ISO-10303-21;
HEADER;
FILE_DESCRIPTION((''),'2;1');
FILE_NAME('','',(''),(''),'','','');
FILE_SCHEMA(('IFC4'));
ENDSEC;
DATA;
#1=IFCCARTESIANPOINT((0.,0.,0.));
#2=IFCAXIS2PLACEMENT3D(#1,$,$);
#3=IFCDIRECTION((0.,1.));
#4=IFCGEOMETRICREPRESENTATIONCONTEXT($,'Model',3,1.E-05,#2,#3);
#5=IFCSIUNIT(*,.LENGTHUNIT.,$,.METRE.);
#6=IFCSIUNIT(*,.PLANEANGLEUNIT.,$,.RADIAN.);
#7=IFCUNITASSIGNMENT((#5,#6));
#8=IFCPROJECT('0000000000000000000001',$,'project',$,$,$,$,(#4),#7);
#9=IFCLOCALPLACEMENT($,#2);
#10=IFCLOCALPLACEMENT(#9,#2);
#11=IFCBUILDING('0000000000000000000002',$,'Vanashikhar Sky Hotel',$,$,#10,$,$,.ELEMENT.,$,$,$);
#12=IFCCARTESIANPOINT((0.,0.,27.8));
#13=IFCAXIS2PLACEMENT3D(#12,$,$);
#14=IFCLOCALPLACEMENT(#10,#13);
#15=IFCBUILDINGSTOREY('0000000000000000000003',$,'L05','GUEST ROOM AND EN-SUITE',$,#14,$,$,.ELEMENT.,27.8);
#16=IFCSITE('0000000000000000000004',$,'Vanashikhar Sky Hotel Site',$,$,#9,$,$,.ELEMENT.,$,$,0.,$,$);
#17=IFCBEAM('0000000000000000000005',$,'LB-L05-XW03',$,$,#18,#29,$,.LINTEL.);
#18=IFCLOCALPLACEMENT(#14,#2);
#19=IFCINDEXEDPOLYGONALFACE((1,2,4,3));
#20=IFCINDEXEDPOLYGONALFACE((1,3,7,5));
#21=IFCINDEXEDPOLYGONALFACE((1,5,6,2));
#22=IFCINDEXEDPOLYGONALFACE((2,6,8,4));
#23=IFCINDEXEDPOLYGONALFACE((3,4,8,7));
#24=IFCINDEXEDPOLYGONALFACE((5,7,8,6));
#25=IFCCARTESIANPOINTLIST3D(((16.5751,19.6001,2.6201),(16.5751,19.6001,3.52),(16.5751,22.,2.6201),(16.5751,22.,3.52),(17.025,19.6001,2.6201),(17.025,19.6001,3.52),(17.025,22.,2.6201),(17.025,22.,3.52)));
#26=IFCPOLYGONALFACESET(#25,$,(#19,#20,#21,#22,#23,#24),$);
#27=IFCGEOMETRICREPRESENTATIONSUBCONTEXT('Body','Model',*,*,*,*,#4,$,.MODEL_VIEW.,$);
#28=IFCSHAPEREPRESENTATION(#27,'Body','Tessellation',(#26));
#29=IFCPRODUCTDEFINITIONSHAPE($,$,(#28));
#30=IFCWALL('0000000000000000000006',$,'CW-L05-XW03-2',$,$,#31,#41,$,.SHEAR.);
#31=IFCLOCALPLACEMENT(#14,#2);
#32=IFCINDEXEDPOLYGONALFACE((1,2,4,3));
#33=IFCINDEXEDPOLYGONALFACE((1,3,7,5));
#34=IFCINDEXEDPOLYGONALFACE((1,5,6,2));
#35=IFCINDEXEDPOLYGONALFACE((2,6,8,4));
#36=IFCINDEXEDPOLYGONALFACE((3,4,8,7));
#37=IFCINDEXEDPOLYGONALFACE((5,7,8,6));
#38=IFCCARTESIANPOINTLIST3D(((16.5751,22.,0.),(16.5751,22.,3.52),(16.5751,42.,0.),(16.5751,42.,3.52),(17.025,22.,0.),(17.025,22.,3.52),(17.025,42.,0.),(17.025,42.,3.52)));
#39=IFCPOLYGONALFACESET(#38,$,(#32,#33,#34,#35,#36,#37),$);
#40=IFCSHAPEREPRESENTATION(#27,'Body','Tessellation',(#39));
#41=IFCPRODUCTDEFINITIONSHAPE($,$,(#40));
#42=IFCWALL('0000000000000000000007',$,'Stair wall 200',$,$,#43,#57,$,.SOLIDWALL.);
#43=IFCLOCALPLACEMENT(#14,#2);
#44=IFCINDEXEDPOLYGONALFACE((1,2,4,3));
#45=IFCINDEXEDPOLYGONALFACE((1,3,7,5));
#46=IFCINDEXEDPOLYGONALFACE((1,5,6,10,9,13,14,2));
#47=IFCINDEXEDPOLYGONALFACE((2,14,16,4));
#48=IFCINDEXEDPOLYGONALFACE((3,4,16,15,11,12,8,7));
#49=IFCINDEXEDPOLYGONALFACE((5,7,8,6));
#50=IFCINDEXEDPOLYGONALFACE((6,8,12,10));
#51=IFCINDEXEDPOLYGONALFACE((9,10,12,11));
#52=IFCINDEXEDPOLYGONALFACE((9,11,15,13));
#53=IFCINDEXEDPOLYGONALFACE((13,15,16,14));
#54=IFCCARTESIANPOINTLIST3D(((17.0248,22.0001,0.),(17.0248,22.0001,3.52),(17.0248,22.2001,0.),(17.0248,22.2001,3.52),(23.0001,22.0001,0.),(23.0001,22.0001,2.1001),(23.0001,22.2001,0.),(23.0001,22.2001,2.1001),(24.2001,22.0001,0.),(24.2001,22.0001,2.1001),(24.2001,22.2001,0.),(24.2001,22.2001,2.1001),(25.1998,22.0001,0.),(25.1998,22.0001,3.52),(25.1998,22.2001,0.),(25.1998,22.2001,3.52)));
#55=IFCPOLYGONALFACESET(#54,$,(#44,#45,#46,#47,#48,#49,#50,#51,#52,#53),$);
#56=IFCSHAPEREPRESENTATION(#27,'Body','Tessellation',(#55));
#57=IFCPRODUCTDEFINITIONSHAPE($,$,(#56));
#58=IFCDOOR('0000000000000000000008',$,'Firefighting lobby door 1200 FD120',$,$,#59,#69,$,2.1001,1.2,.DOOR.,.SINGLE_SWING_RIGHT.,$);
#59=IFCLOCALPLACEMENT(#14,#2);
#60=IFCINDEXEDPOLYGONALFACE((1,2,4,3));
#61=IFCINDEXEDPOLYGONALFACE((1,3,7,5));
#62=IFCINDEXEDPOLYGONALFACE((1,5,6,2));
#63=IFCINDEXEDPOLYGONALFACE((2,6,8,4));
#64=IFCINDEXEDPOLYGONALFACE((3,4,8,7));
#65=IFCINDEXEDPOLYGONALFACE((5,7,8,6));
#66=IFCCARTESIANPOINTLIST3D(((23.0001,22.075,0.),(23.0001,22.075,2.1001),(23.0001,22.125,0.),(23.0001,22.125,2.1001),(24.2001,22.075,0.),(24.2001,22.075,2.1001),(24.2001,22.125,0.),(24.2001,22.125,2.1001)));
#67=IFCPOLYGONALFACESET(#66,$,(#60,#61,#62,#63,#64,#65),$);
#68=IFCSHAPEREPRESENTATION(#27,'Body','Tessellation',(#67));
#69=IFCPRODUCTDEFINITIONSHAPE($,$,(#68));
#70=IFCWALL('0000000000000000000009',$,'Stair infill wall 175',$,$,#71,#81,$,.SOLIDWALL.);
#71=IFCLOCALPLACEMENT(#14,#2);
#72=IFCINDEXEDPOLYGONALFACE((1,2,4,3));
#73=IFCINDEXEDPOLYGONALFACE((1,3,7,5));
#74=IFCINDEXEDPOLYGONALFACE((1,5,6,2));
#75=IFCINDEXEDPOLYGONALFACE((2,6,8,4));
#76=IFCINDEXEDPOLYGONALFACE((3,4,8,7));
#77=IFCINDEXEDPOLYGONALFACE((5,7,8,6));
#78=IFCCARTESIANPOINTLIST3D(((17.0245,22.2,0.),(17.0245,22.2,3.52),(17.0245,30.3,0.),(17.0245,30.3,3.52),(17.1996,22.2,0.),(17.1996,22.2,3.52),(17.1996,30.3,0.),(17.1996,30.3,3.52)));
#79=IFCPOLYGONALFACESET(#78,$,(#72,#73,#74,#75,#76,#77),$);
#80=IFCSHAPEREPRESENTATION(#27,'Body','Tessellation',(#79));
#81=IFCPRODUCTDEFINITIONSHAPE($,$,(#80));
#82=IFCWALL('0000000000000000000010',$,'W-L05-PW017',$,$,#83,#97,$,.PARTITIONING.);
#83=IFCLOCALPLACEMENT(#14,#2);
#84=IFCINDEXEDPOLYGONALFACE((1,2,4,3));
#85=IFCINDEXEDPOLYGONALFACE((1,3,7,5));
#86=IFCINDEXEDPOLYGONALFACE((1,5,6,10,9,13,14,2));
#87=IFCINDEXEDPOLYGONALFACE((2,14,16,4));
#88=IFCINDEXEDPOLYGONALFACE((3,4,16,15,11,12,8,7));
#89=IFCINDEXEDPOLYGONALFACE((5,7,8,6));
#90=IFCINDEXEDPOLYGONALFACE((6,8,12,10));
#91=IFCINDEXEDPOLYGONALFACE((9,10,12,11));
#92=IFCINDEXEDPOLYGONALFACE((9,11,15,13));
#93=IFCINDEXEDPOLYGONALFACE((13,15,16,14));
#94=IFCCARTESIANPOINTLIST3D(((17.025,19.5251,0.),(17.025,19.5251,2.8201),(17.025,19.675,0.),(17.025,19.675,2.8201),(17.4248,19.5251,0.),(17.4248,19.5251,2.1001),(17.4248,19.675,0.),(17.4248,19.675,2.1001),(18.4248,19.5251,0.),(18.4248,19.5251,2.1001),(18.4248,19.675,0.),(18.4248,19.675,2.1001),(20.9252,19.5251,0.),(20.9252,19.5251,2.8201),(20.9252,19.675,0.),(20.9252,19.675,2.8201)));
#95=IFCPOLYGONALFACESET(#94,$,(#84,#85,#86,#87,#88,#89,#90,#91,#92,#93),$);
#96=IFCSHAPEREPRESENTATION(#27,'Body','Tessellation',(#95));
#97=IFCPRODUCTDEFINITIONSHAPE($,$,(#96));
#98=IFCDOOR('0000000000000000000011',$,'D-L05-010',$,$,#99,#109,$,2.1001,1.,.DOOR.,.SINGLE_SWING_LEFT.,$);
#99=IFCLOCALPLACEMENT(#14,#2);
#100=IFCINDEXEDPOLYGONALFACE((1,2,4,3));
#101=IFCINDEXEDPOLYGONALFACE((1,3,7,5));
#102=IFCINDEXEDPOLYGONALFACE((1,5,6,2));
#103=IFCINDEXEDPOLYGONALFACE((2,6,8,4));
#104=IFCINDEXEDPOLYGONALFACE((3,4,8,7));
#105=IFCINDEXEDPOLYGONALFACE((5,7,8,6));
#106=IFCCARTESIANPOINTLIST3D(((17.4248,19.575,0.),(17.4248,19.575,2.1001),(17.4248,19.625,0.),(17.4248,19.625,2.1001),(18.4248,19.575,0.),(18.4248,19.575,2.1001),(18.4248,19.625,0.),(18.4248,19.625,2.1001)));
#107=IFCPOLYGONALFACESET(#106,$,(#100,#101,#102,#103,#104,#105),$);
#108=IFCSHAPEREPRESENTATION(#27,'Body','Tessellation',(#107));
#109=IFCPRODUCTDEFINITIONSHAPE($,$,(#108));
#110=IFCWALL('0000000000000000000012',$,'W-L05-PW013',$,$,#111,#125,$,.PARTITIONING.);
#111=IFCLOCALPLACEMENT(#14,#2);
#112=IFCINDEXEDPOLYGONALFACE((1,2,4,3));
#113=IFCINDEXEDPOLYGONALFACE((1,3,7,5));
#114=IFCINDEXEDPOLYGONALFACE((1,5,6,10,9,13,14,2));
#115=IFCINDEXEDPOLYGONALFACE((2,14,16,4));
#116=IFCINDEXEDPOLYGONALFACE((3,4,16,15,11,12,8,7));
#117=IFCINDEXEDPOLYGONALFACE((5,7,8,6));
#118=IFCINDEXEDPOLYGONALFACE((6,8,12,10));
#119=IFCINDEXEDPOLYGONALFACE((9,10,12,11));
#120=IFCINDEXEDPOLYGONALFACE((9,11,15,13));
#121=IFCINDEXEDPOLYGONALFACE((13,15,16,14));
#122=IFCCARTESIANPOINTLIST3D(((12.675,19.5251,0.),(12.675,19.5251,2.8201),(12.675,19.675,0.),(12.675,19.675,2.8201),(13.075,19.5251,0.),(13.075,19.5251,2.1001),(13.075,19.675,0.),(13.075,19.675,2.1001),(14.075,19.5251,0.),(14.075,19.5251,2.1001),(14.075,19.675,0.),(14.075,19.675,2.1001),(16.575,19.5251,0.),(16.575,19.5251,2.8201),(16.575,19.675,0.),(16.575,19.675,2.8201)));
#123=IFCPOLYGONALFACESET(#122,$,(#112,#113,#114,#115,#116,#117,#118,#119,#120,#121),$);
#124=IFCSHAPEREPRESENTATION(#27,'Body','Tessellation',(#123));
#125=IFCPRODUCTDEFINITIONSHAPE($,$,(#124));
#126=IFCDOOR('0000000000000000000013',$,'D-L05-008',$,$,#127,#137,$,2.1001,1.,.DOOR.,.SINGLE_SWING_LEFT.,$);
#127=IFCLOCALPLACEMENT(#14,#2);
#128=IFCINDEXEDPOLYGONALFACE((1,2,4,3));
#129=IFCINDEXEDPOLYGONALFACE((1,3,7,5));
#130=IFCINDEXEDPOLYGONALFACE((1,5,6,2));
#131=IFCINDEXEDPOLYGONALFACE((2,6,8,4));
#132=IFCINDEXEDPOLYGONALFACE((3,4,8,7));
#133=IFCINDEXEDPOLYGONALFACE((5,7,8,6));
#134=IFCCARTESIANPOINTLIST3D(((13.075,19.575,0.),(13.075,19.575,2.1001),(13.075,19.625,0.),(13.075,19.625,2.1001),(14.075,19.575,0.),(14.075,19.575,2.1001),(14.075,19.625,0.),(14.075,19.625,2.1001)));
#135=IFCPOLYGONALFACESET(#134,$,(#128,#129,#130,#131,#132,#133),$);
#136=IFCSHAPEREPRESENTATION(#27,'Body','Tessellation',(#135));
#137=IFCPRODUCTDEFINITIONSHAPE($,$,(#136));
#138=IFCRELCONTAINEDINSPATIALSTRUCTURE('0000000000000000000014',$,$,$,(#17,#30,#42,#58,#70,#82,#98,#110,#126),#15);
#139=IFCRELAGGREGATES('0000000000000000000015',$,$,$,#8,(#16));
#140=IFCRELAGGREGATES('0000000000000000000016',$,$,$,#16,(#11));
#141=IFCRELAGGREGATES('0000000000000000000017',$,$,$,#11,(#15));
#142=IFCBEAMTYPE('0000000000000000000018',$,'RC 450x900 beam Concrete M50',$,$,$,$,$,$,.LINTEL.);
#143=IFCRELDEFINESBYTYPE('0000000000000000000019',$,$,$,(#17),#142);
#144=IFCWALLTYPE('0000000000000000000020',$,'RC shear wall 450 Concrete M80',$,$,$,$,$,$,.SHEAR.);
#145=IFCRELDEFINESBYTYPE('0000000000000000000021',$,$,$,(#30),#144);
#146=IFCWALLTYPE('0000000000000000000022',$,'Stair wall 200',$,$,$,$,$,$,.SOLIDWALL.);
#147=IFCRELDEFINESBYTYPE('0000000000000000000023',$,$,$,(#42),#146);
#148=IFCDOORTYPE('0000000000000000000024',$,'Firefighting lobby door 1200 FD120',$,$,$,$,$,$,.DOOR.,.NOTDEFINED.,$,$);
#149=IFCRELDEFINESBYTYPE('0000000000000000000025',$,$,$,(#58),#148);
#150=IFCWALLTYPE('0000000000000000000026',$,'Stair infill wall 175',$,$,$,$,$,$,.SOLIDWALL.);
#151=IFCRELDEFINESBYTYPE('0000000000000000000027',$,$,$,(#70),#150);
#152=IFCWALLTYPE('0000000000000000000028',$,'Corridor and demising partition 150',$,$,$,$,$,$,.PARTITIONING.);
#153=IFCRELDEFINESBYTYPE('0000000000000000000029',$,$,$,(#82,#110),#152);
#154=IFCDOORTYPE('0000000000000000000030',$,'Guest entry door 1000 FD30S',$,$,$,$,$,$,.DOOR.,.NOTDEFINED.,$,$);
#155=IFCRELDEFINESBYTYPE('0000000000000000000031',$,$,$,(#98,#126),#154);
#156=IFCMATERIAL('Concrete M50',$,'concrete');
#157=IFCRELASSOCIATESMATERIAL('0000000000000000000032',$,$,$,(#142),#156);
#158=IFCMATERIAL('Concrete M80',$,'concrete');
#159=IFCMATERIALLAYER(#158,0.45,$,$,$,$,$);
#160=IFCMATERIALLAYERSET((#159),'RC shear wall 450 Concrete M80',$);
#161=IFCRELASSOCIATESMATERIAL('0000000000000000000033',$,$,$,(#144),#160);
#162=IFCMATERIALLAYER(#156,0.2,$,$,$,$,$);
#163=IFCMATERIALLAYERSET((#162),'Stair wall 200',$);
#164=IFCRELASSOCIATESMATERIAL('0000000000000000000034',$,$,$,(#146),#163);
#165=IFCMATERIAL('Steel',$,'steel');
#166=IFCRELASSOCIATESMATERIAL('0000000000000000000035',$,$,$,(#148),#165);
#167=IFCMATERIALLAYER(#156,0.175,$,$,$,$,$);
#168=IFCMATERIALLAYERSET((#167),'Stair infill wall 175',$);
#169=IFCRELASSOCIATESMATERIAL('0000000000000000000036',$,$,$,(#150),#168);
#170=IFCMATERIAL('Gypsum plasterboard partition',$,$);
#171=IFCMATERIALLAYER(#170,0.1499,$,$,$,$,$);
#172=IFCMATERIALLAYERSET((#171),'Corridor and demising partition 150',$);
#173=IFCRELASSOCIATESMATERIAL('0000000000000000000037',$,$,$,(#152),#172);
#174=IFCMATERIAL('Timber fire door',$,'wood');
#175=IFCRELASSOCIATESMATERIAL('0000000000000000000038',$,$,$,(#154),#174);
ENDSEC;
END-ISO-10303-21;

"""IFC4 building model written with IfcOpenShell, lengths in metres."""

from ifc_helpers import new_model, si_unit, direction, frame, frame_2d, origin, origin_2d, place, context, subcontext, project, spatial, rectangle, extrude, source, transform, mapped, material, layer, layer_set, material_profile, profile_set, type_object, element, fill, save


model = new_model("IFC4")

# Units and contexts
model_context = context("Model", 3, precision=1e-05, world=origin(), true_north=direction((0.0, 1.0)))
body_context = subcontext(model_context, "Body", "Model", "MODEL_VIEW")
ifc_project = project(units=[si_unit("LENGTHUNIT", "METRE"), si_unit("PLANEANGLEUNIT", "RADIAN")], contexts=[model_context])

# Site, building, storey
site_placement = place(None, origin())
site = spatial("IfcSite", under=ifc_project, at=site_placement, Name="Vanashikhar Sky Hotel Site", CompositionType="ELEMENT", RefElevation=0.0)
building_placement = place(site_placement, origin())
building = spatial("IfcBuilding", under=site, at=building_placement, Name="Vanashikhar Sky Hotel", CompositionType="ELEMENT")
storey_placement = place(building_placement, frame((0.0, 0.0, 27.8)))
storey = spatial("IfcBuildingStorey", under=building, at=storey_placement, Name="L05", Description="GUEST ROOM AND EN-SUITE", CompositionType="ELEMENT", Elevation=27.8)

# Beam
ifc_material_1 = material(Name="Concrete M50", Category="concrete")
ifc_material_profile = material_profile(ifc_material_1, rectangle(XDim=0.45, YDim=0.8999, at=origin_2d()))
ifc_profile_set = profile_set([ifc_material_profile], Name="RC 450x900 beam Concrete M50")
beam_type = type_object("IfcBeamType", Name="RC 450x900 beam Concrete M50", PredefinedType="LINTEL", material=ifc_profile_set)
shared_shape_1 = source(origin(), body_context, "Body", "SweptSolid", [
    extrude(rectangle(XDim=0.45, YDim=0.8999, at=origin_2d()), origin(), (0.0, 0.0, 1.0), 2.3999),
])
beam_placement = place(storey_placement, frame((16.8, 19.6001, 3.0701), z_axis=(0.0, 1.0, 0.0), x_axis=(-1.0, 0.0, 0.0)))
element("IfcBeam", 1, at=beam_placement, inside=storey, type_object=beam_type, Name="LB-L05-XW03", PredefinedType="LINTEL", context=body_context, shape_type="MappedRepresentation", body=[
    mapped(shared_shape_1, transform((0.0, 0.0, 0.0), scale=1.0)),
])

# Wall
ifc_material_2 = material(Name="Concrete M80", Category="concrete")
ifc_layer_1 = layer(ifc_material_2, 0.45)
ifc_layer_set_1 = layer_set([ifc_layer_1], Name="RC shear wall 450 Concrete M80")
wall_type_1 = type_object("IfcWallType", Name="RC shear wall 450 Concrete M80", PredefinedType="SHEAR", material=ifc_layer_set_1)
shared_shape_2 = source(origin(), body_context, "Body", "SweptSolid", [
    extrude(rectangle(XDim=20.0, YDim=0.45, at=frame_2d((10.0, 0.0))), origin(), (0.0, 0.0, 1.0), 3.52),
])
wall_1_placement = place(storey_placement, frame((16.8, 22.0, 0.0), z_axis=(0.0, 0.0, 1.0), x_axis=(0.0, 1.0, 0.0)))
element("IfcWall", 2, at=wall_1_placement, inside=storey, type_object=wall_type_1, Name="CW-L05-XW03-2", PredefinedType="SHEAR", context=body_context, shape_type="MappedRepresentation", body=[
    mapped(shared_shape_2, transform((0.0, 0.0, 0.0), scale=1.0)),
])

# Wall, opening, door
ifc_layer_2 = layer(ifc_material_1, 0.2)
ifc_layer_set_2 = layer_set([ifc_layer_2], Name="Stair wall 200")
wall_type_2 = type_object("IfcWallType", Name="Stair wall 200", PredefinedType="SOLIDWALL", material=ifc_layer_set_2)
shared_shape_3 = source(origin(), body_context, "Body", "SweptSolid", [
    extrude(rectangle(XDim=8.175, YDim=0.2, at=frame_2d((4.0874, 0.0))), origin(), (0.0, 0.0, 1.0), 3.52),
])
wall_2_placement = place(storey_placement, frame((17.0249, 22.1001, 0.0), z_axis=(0.0, 0.0, 1.0), x_axis=(1.0, 0.0, 0.0)))
wall_2 = element("IfcWall", 3, at=wall_2_placement, inside=storey, type_object=wall_type_2, Name="Stair wall 200", PredefinedType="SOLIDWALL", context=body_context, shape_type="MappedRepresentation", body=[
    mapped(shared_shape_3, transform((0.0, 0.0, 0.0), scale=1.0)),
])
shared_shape_4 = source(origin(), body_context, "Body", "SweptSolid", [
    extrude(rectangle(XDim=1.2, YDim=2.1001, at=frame_2d((0.6001, 1.05))), frame((0.0, 0.1099, 0.0), z_axis=(0.0, -1.0, 0.0), x_axis=(1.0, 0.0, 0.0)), (0.0, 0.0, 1.0), 0.22),
])
opening_1_placement = place(wall_2_placement, frame((5.9751, 0.0, 0.0)))
opening_1 = element("IfcOpeningElement", 4, at=opening_1_placement, cuts=wall_2, PredefinedType="OPENING", context=body_context, shape_type="MappedRepresentation", body=[
    mapped(shared_shape_4, transform((0.0, 0.0, 0.0), scale=1.0)),
])
ifc_material_3 = material(Name="Steel", Category="steel")
door_type_1 = type_object("IfcDoorType", Name="Firefighting lobby door 1200 FD120", OperationType="NOTDEFINED", PredefinedType="DOOR", material=ifc_material_3)
shared_shape_5 = source(origin(), body_context, "Body", "SweptSolid", [
    extrude(rectangle(XDim=1.2, YDim=2.1001, at=frame_2d((0.6001, 1.05))), frame((0.0, 0.0249, 0.0), z_axis=(0.0, -1.0, 0.0), x_axis=(1.0, 0.0, 0.0)), (0.0, 0.0, 1.0), 0.05),
])
door_1_placement = place(opening_1_placement, origin())
door_1 = element("IfcDoor", 5, at=door_1_placement, inside=storey, type_object=door_type_1, Name="Firefighting lobby door 1200 FD120", OperationType="SINGLE_SWING_RIGHT", OverallHeight=2.1001, OverallWidth=1.2, PredefinedType="DOOR", context=body_context, shape_type="MappedRepresentation", body=[
    mapped(shared_shape_5, transform((0.0, 0.0, 0.0), scale=1.0)),
])
fill(opening_1, door_1)

# Wall
ifc_layer_3 = layer(ifc_material_1, 0.175)
ifc_layer_set_3 = layer_set([ifc_layer_3], Name="Stair infill wall 175")
wall_type_3 = type_object("IfcWallType", Name="Stair infill wall 175", PredefinedType="SOLIDWALL", material=ifc_layer_set_3)
shared_shape_6 = source(origin(), body_context, "Body", "SweptSolid", [
    extrude(rectangle(XDim=8.1001, YDim=0.175, at=frame_2d((4.05, 0.0))), origin(), (0.0, 0.0, 1.0), 3.52),
])
wall_3_placement = place(storey_placement, frame((17.1121, 22.2, 0.0), z_axis=(0.0, 0.0, 1.0), x_axis=(0.0, 1.0, 0.0)))
element("IfcWall", 6, at=wall_3_placement, inside=storey, type_object=wall_type_3, Name="Stair infill wall 175", PredefinedType="SOLIDWALL", context=body_context, shape_type="MappedRepresentation", body=[
    mapped(shared_shape_6, transform((0.0, 0.0, 0.0), scale=1.0)),
])

# Walls, openings, doors
ifc_material_4 = material(Name="Gypsum plasterboard partition")
ifc_layer_4 = layer(ifc_material_4, 0.1499)
ifc_layer_set_4 = layer_set([ifc_layer_4], Name="Corridor and demising partition 150")
wall_type_4 = type_object("IfcWallType", Name="Corridor and demising partition 150", PredefinedType="PARTITIONING", material=ifc_layer_set_4)
shared_shape_7 = source(origin(), body_context, "Body", "SweptSolid", [
    extrude(rectangle(XDim=3.9001, YDim=0.1499, at=frame_2d((1.9502, 0.0))), origin(), (0.0, 0.0, 1.0), 2.8201),
])
wall_4_placement = place(storey_placement, frame((17.0249, 19.6001, 0.0), z_axis=(0.0, 0.0, 1.0), x_axis=(1.0, 0.0, 0.0)))
wall_4 = element("IfcWall", 7, at=wall_4_placement, inside=storey, type_object=wall_type_4, Name="W-L05-PW017", PredefinedType="PARTITIONING", context=body_context, shape_type="MappedRepresentation", body=[
    mapped(shared_shape_7, transform((0.0, 0.0, 0.0), scale=1.0)),
])
shared_shape_8 = source(origin(), body_context, "Body", "SweptSolid", [
    extrude(rectangle(XDim=1.0, YDim=2.1001, at=frame_2d((0.5, 1.05))), frame((0.0, 0.085, 0.0), z_axis=(0.0, -1.0, 0.0), x_axis=(1.0, 0.0, 0.0)), (0.0, 0.0, 1.0), 0.1699),
])
opening_2_placement = place(wall_4_placement, frame((0.3999, 0.0, 0.0)))
opening_2 = element("IfcOpeningElement", 8, at=opening_2_placement, cuts=wall_4, PredefinedType="OPENING", context=body_context, shape_type="MappedRepresentation", body=[
    mapped(shared_shape_8, transform((0.0, 0.0, 0.0), scale=1.0)),
])
ifc_material_5 = material(Name="Timber fire door", Category="wood")
door_type_2 = type_object("IfcDoorType", Name="Guest entry door 1000 FD30S", OperationType="NOTDEFINED", PredefinedType="DOOR", material=ifc_material_5)
shared_shape_9 = source(origin(), body_context, "Body", "SweptSolid", [
    extrude(rectangle(XDim=1.0, YDim=2.1001, at=frame_2d((0.5, 1.05))), frame((0.0, 0.0249, 0.0), z_axis=(0.0, -1.0, 0.0), x_axis=(1.0, 0.0, 0.0)), (0.0, 0.0, 1.0), 0.05),
])
door_2_placement = place(opening_2_placement, origin())
door_2 = element("IfcDoor", 9, at=door_2_placement, inside=storey, type_object=door_type_2, Name="D-L05-010", OperationType="SINGLE_SWING_LEFT", OverallHeight=2.1001, OverallWidth=1.0, PredefinedType="DOOR", context=body_context, shape_type="MappedRepresentation", body=[
    mapped(shared_shape_9, transform((0.0, 0.0, 0.0), scale=1.0)),
])
fill(opening_2, door_2)
shared_shape_10 = source(origin(), body_context, "Body", "SweptSolid", [
    extrude(rectangle(XDim=3.8999, YDim=0.1499, at=frame_2d((1.95, 0.0))), origin(), (0.0, 0.0, 1.0), 2.8201),
])
wall_5_placement = place(storey_placement, frame((12.675, 19.6001, 0.0), z_axis=(0.0, 0.0, 1.0), x_axis=(1.0, 0.0, 0.0)))
wall_5 = element("IfcWall", 10, at=wall_5_placement, inside=storey, type_object=wall_type_4, Name="W-L05-PW013", PredefinedType="PARTITIONING", context=body_context, shape_type="MappedRepresentation", body=[
    mapped(shared_shape_10, transform((0.0, 0.0, 0.0), scale=1.0)),
])
opening_3_placement = place(wall_5_placement, frame((0.3999, 0.0, 0.0)))
opening_3 = element("IfcOpeningElement", 11, at=opening_3_placement, cuts=wall_5, PredefinedType="OPENING", context=body_context, shape_type="MappedRepresentation", body=[
    mapped(shared_shape_8, transform((0.0, 0.0, 0.0), scale=1.0)),
])
door_3_placement = place(opening_3_placement, origin())
door_3 = element("IfcDoor", 12, at=door_3_placement, inside=storey, type_object=door_type_2, Name="D-L05-008", OperationType="SINGLE_SWING_LEFT", OverallHeight=2.1001, OverallWidth=1.0, PredefinedType="DOOR", context=body_context, shape_type="MappedRepresentation", body=[
    mapped(shared_shape_9, transform((0.0, 0.0, 0.0), scale=1.0)),
])
fill(opening_3, door_3)

save(model, "model.ifc")
